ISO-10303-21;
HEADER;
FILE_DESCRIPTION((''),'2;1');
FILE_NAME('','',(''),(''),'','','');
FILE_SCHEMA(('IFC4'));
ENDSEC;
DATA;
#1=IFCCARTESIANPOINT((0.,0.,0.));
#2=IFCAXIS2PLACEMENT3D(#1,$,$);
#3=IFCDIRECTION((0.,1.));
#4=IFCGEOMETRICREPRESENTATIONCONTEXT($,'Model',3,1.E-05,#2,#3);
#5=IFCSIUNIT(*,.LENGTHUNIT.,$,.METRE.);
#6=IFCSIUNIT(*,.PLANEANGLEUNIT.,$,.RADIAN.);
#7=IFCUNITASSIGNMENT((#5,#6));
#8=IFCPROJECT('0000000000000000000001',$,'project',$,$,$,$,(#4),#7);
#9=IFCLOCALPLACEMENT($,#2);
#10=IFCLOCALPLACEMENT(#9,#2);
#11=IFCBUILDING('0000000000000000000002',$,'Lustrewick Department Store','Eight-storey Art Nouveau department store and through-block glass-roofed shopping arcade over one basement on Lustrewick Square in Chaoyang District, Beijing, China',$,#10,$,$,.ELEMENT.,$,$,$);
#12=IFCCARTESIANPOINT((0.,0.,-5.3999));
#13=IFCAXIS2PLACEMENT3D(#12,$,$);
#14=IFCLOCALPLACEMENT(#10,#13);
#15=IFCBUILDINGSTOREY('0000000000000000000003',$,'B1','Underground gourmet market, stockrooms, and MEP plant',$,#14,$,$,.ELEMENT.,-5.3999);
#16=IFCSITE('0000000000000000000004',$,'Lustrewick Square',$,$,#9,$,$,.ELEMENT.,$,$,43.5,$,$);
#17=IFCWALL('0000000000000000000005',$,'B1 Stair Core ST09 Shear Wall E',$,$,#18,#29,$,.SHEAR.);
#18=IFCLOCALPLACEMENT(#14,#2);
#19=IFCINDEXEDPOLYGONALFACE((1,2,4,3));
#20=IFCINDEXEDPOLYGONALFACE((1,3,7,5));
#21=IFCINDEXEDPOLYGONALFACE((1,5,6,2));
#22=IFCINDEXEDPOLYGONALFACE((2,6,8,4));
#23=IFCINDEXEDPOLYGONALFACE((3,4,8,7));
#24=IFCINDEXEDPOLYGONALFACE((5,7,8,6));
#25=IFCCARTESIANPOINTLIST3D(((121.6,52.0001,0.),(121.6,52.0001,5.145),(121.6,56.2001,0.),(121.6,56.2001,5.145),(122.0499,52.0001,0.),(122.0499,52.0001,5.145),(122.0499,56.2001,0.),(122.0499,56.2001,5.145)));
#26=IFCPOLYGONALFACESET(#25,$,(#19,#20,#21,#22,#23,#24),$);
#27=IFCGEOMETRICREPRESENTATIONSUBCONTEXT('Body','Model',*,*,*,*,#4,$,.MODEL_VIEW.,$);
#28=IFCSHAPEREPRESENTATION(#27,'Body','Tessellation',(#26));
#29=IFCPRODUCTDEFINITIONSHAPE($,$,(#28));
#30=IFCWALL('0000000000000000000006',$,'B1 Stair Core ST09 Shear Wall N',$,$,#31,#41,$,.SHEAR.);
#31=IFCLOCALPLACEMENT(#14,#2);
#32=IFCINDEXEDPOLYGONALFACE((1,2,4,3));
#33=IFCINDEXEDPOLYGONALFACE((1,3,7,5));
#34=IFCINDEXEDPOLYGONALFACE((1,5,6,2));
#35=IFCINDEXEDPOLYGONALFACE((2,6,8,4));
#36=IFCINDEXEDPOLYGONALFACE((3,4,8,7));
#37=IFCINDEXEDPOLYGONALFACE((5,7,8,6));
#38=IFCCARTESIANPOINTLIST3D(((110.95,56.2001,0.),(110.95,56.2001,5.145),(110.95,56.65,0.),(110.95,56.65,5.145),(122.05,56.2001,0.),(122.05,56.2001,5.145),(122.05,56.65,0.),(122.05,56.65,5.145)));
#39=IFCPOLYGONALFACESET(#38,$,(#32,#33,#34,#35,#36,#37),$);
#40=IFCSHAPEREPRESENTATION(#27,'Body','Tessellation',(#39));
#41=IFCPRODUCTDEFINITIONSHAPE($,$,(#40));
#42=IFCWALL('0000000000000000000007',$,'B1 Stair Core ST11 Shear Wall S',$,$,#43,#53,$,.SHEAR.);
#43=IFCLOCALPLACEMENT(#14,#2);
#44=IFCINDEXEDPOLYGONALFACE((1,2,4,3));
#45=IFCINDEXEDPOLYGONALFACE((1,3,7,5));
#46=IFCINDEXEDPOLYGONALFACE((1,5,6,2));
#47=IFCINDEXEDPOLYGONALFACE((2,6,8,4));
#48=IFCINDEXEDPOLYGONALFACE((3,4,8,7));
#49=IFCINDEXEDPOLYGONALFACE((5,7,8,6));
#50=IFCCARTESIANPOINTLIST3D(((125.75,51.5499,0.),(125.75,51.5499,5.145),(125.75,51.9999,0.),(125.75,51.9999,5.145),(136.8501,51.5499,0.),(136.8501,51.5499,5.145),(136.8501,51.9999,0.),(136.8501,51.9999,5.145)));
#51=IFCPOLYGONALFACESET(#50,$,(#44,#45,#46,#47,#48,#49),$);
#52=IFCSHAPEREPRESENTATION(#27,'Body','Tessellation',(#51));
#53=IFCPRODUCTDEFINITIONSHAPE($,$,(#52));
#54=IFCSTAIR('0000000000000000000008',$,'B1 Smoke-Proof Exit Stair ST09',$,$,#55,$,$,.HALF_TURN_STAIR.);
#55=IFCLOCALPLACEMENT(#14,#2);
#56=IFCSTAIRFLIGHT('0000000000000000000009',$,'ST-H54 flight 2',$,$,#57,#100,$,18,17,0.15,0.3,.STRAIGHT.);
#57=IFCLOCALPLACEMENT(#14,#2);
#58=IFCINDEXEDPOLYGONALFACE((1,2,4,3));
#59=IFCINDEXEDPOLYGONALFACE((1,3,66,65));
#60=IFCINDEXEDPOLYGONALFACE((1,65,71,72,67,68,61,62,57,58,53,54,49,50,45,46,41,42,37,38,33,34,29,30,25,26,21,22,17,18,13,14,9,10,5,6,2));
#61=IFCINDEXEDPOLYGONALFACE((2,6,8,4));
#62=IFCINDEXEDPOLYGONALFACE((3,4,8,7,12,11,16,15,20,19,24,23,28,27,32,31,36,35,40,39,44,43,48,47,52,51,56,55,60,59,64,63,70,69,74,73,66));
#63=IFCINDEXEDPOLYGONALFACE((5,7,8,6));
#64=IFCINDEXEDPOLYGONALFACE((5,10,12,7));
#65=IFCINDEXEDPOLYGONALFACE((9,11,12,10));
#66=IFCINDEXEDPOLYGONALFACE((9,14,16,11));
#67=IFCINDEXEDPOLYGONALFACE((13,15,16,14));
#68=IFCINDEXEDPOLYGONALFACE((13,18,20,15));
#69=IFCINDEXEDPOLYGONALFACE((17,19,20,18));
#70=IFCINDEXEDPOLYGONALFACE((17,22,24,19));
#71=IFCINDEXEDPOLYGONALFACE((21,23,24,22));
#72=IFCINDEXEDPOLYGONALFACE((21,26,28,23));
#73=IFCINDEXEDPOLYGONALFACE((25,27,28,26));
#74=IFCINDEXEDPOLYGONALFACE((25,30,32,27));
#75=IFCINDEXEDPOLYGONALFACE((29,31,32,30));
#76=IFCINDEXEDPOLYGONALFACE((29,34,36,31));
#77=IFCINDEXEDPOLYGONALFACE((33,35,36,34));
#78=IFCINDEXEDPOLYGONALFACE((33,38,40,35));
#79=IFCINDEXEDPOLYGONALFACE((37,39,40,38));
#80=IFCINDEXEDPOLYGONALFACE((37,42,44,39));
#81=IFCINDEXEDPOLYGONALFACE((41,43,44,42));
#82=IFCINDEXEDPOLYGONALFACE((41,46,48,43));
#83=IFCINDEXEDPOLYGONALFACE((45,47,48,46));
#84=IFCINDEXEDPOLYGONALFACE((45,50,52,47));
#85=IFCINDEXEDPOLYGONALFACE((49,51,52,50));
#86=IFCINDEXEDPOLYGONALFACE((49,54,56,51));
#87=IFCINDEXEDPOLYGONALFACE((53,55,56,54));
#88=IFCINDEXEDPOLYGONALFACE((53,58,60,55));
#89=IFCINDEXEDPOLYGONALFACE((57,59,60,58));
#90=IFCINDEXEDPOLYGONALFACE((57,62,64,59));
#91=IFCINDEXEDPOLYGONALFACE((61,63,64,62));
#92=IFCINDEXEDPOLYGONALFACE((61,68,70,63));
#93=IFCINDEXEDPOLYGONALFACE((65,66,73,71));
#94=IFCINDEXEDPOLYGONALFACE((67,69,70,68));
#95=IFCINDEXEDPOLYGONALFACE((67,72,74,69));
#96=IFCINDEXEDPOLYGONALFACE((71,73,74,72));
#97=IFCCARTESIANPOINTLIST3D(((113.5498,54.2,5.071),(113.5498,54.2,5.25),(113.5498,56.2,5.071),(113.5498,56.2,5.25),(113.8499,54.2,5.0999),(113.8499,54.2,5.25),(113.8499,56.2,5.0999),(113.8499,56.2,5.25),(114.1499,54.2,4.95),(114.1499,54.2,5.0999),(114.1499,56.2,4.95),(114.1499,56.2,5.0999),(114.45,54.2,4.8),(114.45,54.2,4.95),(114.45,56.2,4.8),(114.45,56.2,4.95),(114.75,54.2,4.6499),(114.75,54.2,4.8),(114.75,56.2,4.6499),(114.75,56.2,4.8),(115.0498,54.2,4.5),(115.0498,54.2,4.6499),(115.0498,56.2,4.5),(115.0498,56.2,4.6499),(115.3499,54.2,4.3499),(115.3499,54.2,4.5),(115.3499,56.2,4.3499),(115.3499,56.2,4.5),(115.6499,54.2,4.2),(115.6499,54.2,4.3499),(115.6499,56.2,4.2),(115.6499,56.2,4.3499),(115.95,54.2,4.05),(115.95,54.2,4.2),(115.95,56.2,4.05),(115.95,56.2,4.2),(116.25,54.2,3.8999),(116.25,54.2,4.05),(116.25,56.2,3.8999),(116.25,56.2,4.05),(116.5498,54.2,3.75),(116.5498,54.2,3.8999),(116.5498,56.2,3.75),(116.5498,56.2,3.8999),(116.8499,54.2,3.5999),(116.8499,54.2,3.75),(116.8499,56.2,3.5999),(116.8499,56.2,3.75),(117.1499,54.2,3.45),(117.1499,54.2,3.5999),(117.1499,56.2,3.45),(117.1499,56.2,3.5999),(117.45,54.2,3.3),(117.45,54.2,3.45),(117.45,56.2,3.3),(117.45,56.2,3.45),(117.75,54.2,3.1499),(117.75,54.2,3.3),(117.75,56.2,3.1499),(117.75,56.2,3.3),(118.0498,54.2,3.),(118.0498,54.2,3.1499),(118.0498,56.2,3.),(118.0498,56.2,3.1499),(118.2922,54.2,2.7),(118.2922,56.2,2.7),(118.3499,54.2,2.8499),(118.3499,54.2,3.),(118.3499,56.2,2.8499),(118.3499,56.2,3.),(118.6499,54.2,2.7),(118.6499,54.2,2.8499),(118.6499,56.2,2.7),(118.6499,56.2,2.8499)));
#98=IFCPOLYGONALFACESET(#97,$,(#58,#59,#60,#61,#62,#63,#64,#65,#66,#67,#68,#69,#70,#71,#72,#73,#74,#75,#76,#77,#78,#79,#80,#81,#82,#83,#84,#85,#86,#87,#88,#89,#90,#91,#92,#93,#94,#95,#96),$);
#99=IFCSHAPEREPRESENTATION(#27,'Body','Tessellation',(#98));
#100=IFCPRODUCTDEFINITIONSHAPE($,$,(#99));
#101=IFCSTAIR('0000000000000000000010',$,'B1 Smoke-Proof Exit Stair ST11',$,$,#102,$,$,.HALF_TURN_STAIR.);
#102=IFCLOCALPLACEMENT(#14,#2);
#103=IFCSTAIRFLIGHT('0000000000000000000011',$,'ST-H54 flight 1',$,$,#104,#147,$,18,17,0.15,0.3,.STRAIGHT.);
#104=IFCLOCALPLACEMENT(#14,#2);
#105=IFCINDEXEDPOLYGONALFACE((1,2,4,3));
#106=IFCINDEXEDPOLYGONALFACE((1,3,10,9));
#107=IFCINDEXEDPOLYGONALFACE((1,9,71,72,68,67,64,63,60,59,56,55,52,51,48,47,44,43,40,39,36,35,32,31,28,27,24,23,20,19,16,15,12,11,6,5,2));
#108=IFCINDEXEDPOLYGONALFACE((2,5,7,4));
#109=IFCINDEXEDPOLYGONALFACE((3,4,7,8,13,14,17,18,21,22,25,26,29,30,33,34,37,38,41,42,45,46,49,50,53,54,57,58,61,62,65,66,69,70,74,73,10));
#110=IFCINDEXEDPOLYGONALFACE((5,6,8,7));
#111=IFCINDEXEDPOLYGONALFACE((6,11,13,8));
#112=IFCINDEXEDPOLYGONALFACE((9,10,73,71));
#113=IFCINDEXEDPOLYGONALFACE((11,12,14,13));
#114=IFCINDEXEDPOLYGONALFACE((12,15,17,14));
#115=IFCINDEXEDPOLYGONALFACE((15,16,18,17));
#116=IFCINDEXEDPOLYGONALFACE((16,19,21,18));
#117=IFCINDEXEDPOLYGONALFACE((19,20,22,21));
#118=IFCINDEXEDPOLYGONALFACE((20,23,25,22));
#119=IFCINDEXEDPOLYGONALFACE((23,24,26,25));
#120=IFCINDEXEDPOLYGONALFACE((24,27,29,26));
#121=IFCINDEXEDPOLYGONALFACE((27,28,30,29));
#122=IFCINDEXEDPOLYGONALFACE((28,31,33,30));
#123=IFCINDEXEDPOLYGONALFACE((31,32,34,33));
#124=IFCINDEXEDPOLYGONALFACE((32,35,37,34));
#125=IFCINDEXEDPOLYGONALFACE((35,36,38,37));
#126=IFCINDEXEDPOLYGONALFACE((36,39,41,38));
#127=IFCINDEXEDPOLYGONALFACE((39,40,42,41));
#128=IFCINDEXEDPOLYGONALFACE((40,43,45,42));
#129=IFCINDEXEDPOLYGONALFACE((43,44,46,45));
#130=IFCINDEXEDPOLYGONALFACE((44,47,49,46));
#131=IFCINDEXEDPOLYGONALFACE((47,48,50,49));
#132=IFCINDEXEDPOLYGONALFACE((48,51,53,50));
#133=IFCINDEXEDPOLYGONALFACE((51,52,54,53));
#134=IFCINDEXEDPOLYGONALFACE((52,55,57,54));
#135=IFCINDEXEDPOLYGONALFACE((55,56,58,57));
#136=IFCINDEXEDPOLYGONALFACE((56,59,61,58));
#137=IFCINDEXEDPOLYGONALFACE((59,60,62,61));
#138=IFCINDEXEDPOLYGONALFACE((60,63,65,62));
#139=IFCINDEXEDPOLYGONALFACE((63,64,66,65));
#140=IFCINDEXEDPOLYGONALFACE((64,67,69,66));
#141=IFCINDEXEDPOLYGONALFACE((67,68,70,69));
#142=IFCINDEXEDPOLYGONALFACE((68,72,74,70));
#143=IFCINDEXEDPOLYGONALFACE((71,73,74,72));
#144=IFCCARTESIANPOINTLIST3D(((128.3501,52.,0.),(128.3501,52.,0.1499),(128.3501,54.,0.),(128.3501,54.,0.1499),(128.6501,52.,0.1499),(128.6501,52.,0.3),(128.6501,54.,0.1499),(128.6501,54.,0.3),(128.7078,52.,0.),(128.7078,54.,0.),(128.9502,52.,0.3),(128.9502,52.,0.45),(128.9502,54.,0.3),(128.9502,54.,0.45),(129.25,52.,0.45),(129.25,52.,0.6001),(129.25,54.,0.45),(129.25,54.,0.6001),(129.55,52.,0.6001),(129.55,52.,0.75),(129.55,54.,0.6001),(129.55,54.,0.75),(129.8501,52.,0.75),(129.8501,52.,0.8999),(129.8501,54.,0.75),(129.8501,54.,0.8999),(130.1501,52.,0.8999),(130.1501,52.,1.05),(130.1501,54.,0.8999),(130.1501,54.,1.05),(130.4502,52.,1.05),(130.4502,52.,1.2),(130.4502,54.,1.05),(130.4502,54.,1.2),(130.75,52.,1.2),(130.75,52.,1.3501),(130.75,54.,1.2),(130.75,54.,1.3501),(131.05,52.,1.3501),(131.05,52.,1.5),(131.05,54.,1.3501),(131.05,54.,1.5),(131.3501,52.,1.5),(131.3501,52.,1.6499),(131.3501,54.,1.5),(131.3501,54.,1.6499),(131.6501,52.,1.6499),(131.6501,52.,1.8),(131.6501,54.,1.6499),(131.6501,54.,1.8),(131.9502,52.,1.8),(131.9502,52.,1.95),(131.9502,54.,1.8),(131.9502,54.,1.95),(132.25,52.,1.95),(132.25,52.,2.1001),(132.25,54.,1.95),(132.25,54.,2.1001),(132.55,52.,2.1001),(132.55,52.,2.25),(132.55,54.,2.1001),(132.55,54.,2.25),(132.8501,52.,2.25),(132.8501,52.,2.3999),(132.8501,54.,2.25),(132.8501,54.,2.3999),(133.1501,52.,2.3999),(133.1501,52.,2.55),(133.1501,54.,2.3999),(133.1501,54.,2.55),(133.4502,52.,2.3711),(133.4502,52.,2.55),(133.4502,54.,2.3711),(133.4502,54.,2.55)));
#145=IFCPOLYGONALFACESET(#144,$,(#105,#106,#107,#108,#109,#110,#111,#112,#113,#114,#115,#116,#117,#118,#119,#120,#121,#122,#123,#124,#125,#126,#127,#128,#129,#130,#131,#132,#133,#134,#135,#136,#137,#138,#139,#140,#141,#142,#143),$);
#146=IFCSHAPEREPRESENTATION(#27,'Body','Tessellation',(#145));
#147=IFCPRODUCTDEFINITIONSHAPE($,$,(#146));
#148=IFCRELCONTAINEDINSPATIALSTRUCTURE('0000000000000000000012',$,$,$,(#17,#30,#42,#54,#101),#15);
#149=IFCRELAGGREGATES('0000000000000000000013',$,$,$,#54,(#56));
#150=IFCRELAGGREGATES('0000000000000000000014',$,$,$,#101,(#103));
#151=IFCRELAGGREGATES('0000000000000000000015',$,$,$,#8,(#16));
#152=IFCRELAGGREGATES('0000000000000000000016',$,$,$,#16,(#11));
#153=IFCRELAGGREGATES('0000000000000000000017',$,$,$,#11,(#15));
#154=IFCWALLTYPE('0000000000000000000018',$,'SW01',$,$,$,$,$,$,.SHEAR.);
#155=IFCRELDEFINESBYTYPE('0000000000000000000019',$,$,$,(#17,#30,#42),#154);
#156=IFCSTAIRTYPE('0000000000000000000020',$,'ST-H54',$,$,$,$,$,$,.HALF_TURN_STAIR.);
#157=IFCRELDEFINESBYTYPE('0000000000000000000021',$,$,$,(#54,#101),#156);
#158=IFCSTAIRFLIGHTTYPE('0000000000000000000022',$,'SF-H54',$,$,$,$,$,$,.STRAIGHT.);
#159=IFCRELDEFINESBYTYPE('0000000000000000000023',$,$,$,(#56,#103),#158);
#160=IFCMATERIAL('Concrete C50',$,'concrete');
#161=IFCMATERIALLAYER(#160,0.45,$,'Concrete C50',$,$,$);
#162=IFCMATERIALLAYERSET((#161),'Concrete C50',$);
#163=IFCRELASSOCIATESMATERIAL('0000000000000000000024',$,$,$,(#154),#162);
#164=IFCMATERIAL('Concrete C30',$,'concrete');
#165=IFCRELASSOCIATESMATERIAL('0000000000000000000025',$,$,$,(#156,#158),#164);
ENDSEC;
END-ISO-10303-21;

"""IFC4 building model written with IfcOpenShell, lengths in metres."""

from ifc_helpers import new_model, si_unit, direction, frame, frame_2d, origin, place, context, subcontext, project, spatial, polyline, rectangle, outline, extrude, material, layer, layer_set, type_object, element, aggregate, save


model = new_model("IFC4")

# Units and contexts
model_context = context("Model", 3, precision=1e-05, world=origin(), true_north=direction((0.0, 1.0)))
body_context = subcontext(model_context, "Body", "Model", "MODEL_VIEW")
ifc_project = project(units=[si_unit("LENGTHUNIT", "METRE"), si_unit("PLANEANGLEUNIT", "RADIAN")], contexts=[model_context])

# Site, building, storey
site_placement = place(None, origin())
site = spatial("IfcSite", under=ifc_project, at=site_placement, Name="Lustrewick Square", CompositionType="ELEMENT", RefElevation=43.5)
building_placement = place(site_placement, origin())
building = spatial("IfcBuilding", under=site, at=building_placement, Name="Lustrewick Department Store", Description="Eight-storey Art Nouveau department store and through-block glass-roofed shopping arcade over one basement on Lustrewick Square in Chaoyang District, Beijing, China", CompositionType="ELEMENT")
storey_placement = place(building_placement, frame((0.0, 0.0, -5.3999)))
storey = spatial("IfcBuildingStorey", under=building, at=storey_placement, Name="B1", Description="Underground gourmet market, stockrooms, and MEP plant", CompositionType="ELEMENT", Elevation=-5.3999)

# Shared definitions
ifc_material_1 = material(Name="Concrete C50", Category="concrete")

# Walls
ifc_layer_1 = layer(ifc_material_1, 0.45, Name="Concrete C50")
ifc_layer_set_1 = layer_set([ifc_layer_1], Name="Concrete C50")
wall_type_1 = type_object("IfcWallType", Name="SW01", PredefinedType="SHEAR", material=ifc_layer_set_1)
wall_1_placement = place(storey_placement, frame((121.825, 52.0, 0.0), z_axis=(0.0, 0.0, 1.0), x_axis=(0.0, 1.0, 0.0)))
element("IfcWall", 1, at=wall_1_placement, inside=storey, type_object=wall_type_1, Name="B1 Stair Core ST09 Shear Wall E", PredefinedType="SHEAR", context=body_context, shape_type="SweptSolid", body=[
    extrude(rectangle(XDim=4.2, YDim=0.45, at=frame_2d((2.1001, 0.0))), origin(), (0.0, 0.0, 1.0), 5.145),
])
for number, where, z_axis, x_axis, name in (
    (2, (122.05, 56.425, 0.0), (0.0, 0.0, 1.0), (-1.0, 0.0, 0.0), "B1 Stair Core ST09 Shear Wall N"),
    (3, (125.75, 51.7749, 0.0), (0.0, 0.0, 1.0), (1.0, 0.0, 0.0), "B1 Stair Core ST11 Shear Wall S"),
):
    element("IfcWall", number, at=place(storey_placement, frame(where, z_axis=z_axis, x_axis=x_axis)), inside=storey, type_object=wall_type_1, Name=name, PredefinedType="SHEAR", context=body_context, shape_type="SweptSolid", body=[
        extrude(rectangle(XDim=11.1001, YDim=0.45, at=frame_2d((5.55, 0.0))), origin(), (0.0, 0.0, 1.0), 5.145),
    ])

# Stairs, stair flights
ifc_material_2 = material(Name="Concrete C30", Category="concrete")
stair_type = type_object("IfcStairType", Name="ST-H54", PredefinedType="HALF_TURN_STAIR", material=ifc_material_2)
stair_1_placement = place(storey_placement, origin())
stair_1 = element("IfcStair", 4, at=stair_1_placement, inside=storey, type_object=stair_type, Name="B1 Smoke-Proof Exit Stair ST09", PredefinedType="HALF_TURN_STAIR")
stair_flight_type = type_object("IfcStairFlightType", Name="SF-H54", PredefinedType="STRAIGHT", material=ifc_material_2)
stair_flight_1_placement = place(storey_placement, frame((118.6499, 55.2, 2.7), z_axis=(0.0, 0.0, 1.0), x_axis=(-1.0, 0.0, 0.0)))
stair_flight_1 = element("IfcStairFlight", 5, at=stair_flight_1_placement, type_object=stair_flight_type, Name="ST-H54 flight 2", NumberOfRisers=18, NumberOfTreads=17, PredefinedType="STRAIGHT", RiserHeight=0.15, TreadLength=0.3, context=body_context, shape_type="SweptSolid", body=[
    extrude(outline(polyline([(0.0, 0.0), (0.0, 0.1499), (0.3, 0.1499), (0.3, 0.3), (0.6001, 0.3), (0.6001, 0.45), (0.8999, 0.45), (0.8999, 0.6001), (1.2, 0.6001), (1.2, 0.75), (1.5, 0.75), (1.5, 0.8999), (1.8, 0.8999), (1.8, 1.05), (2.1001, 1.05), (2.1001, 1.2), (2.3999, 1.2), (2.3999, 1.3501), (2.7, 1.3501), (2.7, 1.5), (3.0, 1.5), (3.0, 1.6499), (3.3, 1.6499), (3.3, 1.8), (3.6001, 1.8), (3.6001, 1.95), (3.8999, 1.95), (3.8999, 2.1001), (4.2, 2.1001), (4.2, 2.25), (4.5, 2.25), (4.5, 2.3999), (4.8, 2.3999), (4.8, 2.55), (5.1001, 2.55), (5.1001, 2.7), (5.1001, 2.3711), (0.3577, 0.0), (0.0, 0.0)])), frame((0.0, 1.0, 0.0), z_axis=(0.0, -1.0, 0.0), x_axis=(1.0, 0.0, 0.0)), (0.0, 0.0, 1.0), 2.0),
])
aggregate(stair_1, [stair_flight_1])
stair_2_placement = place(storey_placement, origin())
stair_2 = element("IfcStair", 6, at=stair_2_placement, inside=storey, type_object=stair_type, Name="B1 Smoke-Proof Exit Stair ST11", PredefinedType="HALF_TURN_STAIR")
stair_flight_2_placement = place(storey_placement, frame((128.3501, 53.0, 0.0), z_axis=(0.0, 0.0, 1.0), x_axis=(1.0, 0.0, 0.0)))
stair_flight_2 = element("IfcStairFlight", 7, at=stair_flight_2_placement, type_object=stair_flight_type, Name="ST-H54 flight 1", NumberOfRisers=18, NumberOfTreads=17, PredefinedType="STRAIGHT", RiserHeight=0.15, TreadLength=0.3, context=body_context, shape_type="SweptSolid", body=[
    extrude(outline(polyline([(0.0, 0.0), (0.0, 0.1499), (0.3, 0.1499), (0.3, 0.3), (0.6001, 0.3), (0.6001, 0.45), (0.8999, 0.45), (0.8999, 0.6001), (1.2, 0.6001), (1.2, 0.75), (1.5, 0.75), (1.5, 0.8999), (1.8, 0.8999), (1.8, 1.05), (2.1001, 1.05), (2.1001, 1.2), (2.3999, 1.2), (2.3999, 1.3501), (2.7, 1.3501), (2.7, 1.5), (3.0, 1.5), (3.0, 1.6499), (3.3, 1.6499), (3.3, 1.8), (3.6001, 1.8), (3.6001, 1.95), (3.8999, 1.95), (3.8999, 2.1001), (4.2, 2.1001), (4.2, 2.25), (4.5, 2.25), (4.5, 2.3999), (4.8, 2.3999), (4.8, 2.55), (5.1001, 2.55), (5.1001, 2.7), (5.1001, 2.3711), (0.3577, 0.0), (0.0, 0.0)])), frame((0.0, 1.0, 0.0), z_axis=(0.0, -1.0, 0.0), x_axis=(1.0, 0.0, 0.0)), (0.0, 0.0, 1.0), 2.0),
])
aggregate(stair_2, [stair_flight_2])

save(model, "model.ifc")
